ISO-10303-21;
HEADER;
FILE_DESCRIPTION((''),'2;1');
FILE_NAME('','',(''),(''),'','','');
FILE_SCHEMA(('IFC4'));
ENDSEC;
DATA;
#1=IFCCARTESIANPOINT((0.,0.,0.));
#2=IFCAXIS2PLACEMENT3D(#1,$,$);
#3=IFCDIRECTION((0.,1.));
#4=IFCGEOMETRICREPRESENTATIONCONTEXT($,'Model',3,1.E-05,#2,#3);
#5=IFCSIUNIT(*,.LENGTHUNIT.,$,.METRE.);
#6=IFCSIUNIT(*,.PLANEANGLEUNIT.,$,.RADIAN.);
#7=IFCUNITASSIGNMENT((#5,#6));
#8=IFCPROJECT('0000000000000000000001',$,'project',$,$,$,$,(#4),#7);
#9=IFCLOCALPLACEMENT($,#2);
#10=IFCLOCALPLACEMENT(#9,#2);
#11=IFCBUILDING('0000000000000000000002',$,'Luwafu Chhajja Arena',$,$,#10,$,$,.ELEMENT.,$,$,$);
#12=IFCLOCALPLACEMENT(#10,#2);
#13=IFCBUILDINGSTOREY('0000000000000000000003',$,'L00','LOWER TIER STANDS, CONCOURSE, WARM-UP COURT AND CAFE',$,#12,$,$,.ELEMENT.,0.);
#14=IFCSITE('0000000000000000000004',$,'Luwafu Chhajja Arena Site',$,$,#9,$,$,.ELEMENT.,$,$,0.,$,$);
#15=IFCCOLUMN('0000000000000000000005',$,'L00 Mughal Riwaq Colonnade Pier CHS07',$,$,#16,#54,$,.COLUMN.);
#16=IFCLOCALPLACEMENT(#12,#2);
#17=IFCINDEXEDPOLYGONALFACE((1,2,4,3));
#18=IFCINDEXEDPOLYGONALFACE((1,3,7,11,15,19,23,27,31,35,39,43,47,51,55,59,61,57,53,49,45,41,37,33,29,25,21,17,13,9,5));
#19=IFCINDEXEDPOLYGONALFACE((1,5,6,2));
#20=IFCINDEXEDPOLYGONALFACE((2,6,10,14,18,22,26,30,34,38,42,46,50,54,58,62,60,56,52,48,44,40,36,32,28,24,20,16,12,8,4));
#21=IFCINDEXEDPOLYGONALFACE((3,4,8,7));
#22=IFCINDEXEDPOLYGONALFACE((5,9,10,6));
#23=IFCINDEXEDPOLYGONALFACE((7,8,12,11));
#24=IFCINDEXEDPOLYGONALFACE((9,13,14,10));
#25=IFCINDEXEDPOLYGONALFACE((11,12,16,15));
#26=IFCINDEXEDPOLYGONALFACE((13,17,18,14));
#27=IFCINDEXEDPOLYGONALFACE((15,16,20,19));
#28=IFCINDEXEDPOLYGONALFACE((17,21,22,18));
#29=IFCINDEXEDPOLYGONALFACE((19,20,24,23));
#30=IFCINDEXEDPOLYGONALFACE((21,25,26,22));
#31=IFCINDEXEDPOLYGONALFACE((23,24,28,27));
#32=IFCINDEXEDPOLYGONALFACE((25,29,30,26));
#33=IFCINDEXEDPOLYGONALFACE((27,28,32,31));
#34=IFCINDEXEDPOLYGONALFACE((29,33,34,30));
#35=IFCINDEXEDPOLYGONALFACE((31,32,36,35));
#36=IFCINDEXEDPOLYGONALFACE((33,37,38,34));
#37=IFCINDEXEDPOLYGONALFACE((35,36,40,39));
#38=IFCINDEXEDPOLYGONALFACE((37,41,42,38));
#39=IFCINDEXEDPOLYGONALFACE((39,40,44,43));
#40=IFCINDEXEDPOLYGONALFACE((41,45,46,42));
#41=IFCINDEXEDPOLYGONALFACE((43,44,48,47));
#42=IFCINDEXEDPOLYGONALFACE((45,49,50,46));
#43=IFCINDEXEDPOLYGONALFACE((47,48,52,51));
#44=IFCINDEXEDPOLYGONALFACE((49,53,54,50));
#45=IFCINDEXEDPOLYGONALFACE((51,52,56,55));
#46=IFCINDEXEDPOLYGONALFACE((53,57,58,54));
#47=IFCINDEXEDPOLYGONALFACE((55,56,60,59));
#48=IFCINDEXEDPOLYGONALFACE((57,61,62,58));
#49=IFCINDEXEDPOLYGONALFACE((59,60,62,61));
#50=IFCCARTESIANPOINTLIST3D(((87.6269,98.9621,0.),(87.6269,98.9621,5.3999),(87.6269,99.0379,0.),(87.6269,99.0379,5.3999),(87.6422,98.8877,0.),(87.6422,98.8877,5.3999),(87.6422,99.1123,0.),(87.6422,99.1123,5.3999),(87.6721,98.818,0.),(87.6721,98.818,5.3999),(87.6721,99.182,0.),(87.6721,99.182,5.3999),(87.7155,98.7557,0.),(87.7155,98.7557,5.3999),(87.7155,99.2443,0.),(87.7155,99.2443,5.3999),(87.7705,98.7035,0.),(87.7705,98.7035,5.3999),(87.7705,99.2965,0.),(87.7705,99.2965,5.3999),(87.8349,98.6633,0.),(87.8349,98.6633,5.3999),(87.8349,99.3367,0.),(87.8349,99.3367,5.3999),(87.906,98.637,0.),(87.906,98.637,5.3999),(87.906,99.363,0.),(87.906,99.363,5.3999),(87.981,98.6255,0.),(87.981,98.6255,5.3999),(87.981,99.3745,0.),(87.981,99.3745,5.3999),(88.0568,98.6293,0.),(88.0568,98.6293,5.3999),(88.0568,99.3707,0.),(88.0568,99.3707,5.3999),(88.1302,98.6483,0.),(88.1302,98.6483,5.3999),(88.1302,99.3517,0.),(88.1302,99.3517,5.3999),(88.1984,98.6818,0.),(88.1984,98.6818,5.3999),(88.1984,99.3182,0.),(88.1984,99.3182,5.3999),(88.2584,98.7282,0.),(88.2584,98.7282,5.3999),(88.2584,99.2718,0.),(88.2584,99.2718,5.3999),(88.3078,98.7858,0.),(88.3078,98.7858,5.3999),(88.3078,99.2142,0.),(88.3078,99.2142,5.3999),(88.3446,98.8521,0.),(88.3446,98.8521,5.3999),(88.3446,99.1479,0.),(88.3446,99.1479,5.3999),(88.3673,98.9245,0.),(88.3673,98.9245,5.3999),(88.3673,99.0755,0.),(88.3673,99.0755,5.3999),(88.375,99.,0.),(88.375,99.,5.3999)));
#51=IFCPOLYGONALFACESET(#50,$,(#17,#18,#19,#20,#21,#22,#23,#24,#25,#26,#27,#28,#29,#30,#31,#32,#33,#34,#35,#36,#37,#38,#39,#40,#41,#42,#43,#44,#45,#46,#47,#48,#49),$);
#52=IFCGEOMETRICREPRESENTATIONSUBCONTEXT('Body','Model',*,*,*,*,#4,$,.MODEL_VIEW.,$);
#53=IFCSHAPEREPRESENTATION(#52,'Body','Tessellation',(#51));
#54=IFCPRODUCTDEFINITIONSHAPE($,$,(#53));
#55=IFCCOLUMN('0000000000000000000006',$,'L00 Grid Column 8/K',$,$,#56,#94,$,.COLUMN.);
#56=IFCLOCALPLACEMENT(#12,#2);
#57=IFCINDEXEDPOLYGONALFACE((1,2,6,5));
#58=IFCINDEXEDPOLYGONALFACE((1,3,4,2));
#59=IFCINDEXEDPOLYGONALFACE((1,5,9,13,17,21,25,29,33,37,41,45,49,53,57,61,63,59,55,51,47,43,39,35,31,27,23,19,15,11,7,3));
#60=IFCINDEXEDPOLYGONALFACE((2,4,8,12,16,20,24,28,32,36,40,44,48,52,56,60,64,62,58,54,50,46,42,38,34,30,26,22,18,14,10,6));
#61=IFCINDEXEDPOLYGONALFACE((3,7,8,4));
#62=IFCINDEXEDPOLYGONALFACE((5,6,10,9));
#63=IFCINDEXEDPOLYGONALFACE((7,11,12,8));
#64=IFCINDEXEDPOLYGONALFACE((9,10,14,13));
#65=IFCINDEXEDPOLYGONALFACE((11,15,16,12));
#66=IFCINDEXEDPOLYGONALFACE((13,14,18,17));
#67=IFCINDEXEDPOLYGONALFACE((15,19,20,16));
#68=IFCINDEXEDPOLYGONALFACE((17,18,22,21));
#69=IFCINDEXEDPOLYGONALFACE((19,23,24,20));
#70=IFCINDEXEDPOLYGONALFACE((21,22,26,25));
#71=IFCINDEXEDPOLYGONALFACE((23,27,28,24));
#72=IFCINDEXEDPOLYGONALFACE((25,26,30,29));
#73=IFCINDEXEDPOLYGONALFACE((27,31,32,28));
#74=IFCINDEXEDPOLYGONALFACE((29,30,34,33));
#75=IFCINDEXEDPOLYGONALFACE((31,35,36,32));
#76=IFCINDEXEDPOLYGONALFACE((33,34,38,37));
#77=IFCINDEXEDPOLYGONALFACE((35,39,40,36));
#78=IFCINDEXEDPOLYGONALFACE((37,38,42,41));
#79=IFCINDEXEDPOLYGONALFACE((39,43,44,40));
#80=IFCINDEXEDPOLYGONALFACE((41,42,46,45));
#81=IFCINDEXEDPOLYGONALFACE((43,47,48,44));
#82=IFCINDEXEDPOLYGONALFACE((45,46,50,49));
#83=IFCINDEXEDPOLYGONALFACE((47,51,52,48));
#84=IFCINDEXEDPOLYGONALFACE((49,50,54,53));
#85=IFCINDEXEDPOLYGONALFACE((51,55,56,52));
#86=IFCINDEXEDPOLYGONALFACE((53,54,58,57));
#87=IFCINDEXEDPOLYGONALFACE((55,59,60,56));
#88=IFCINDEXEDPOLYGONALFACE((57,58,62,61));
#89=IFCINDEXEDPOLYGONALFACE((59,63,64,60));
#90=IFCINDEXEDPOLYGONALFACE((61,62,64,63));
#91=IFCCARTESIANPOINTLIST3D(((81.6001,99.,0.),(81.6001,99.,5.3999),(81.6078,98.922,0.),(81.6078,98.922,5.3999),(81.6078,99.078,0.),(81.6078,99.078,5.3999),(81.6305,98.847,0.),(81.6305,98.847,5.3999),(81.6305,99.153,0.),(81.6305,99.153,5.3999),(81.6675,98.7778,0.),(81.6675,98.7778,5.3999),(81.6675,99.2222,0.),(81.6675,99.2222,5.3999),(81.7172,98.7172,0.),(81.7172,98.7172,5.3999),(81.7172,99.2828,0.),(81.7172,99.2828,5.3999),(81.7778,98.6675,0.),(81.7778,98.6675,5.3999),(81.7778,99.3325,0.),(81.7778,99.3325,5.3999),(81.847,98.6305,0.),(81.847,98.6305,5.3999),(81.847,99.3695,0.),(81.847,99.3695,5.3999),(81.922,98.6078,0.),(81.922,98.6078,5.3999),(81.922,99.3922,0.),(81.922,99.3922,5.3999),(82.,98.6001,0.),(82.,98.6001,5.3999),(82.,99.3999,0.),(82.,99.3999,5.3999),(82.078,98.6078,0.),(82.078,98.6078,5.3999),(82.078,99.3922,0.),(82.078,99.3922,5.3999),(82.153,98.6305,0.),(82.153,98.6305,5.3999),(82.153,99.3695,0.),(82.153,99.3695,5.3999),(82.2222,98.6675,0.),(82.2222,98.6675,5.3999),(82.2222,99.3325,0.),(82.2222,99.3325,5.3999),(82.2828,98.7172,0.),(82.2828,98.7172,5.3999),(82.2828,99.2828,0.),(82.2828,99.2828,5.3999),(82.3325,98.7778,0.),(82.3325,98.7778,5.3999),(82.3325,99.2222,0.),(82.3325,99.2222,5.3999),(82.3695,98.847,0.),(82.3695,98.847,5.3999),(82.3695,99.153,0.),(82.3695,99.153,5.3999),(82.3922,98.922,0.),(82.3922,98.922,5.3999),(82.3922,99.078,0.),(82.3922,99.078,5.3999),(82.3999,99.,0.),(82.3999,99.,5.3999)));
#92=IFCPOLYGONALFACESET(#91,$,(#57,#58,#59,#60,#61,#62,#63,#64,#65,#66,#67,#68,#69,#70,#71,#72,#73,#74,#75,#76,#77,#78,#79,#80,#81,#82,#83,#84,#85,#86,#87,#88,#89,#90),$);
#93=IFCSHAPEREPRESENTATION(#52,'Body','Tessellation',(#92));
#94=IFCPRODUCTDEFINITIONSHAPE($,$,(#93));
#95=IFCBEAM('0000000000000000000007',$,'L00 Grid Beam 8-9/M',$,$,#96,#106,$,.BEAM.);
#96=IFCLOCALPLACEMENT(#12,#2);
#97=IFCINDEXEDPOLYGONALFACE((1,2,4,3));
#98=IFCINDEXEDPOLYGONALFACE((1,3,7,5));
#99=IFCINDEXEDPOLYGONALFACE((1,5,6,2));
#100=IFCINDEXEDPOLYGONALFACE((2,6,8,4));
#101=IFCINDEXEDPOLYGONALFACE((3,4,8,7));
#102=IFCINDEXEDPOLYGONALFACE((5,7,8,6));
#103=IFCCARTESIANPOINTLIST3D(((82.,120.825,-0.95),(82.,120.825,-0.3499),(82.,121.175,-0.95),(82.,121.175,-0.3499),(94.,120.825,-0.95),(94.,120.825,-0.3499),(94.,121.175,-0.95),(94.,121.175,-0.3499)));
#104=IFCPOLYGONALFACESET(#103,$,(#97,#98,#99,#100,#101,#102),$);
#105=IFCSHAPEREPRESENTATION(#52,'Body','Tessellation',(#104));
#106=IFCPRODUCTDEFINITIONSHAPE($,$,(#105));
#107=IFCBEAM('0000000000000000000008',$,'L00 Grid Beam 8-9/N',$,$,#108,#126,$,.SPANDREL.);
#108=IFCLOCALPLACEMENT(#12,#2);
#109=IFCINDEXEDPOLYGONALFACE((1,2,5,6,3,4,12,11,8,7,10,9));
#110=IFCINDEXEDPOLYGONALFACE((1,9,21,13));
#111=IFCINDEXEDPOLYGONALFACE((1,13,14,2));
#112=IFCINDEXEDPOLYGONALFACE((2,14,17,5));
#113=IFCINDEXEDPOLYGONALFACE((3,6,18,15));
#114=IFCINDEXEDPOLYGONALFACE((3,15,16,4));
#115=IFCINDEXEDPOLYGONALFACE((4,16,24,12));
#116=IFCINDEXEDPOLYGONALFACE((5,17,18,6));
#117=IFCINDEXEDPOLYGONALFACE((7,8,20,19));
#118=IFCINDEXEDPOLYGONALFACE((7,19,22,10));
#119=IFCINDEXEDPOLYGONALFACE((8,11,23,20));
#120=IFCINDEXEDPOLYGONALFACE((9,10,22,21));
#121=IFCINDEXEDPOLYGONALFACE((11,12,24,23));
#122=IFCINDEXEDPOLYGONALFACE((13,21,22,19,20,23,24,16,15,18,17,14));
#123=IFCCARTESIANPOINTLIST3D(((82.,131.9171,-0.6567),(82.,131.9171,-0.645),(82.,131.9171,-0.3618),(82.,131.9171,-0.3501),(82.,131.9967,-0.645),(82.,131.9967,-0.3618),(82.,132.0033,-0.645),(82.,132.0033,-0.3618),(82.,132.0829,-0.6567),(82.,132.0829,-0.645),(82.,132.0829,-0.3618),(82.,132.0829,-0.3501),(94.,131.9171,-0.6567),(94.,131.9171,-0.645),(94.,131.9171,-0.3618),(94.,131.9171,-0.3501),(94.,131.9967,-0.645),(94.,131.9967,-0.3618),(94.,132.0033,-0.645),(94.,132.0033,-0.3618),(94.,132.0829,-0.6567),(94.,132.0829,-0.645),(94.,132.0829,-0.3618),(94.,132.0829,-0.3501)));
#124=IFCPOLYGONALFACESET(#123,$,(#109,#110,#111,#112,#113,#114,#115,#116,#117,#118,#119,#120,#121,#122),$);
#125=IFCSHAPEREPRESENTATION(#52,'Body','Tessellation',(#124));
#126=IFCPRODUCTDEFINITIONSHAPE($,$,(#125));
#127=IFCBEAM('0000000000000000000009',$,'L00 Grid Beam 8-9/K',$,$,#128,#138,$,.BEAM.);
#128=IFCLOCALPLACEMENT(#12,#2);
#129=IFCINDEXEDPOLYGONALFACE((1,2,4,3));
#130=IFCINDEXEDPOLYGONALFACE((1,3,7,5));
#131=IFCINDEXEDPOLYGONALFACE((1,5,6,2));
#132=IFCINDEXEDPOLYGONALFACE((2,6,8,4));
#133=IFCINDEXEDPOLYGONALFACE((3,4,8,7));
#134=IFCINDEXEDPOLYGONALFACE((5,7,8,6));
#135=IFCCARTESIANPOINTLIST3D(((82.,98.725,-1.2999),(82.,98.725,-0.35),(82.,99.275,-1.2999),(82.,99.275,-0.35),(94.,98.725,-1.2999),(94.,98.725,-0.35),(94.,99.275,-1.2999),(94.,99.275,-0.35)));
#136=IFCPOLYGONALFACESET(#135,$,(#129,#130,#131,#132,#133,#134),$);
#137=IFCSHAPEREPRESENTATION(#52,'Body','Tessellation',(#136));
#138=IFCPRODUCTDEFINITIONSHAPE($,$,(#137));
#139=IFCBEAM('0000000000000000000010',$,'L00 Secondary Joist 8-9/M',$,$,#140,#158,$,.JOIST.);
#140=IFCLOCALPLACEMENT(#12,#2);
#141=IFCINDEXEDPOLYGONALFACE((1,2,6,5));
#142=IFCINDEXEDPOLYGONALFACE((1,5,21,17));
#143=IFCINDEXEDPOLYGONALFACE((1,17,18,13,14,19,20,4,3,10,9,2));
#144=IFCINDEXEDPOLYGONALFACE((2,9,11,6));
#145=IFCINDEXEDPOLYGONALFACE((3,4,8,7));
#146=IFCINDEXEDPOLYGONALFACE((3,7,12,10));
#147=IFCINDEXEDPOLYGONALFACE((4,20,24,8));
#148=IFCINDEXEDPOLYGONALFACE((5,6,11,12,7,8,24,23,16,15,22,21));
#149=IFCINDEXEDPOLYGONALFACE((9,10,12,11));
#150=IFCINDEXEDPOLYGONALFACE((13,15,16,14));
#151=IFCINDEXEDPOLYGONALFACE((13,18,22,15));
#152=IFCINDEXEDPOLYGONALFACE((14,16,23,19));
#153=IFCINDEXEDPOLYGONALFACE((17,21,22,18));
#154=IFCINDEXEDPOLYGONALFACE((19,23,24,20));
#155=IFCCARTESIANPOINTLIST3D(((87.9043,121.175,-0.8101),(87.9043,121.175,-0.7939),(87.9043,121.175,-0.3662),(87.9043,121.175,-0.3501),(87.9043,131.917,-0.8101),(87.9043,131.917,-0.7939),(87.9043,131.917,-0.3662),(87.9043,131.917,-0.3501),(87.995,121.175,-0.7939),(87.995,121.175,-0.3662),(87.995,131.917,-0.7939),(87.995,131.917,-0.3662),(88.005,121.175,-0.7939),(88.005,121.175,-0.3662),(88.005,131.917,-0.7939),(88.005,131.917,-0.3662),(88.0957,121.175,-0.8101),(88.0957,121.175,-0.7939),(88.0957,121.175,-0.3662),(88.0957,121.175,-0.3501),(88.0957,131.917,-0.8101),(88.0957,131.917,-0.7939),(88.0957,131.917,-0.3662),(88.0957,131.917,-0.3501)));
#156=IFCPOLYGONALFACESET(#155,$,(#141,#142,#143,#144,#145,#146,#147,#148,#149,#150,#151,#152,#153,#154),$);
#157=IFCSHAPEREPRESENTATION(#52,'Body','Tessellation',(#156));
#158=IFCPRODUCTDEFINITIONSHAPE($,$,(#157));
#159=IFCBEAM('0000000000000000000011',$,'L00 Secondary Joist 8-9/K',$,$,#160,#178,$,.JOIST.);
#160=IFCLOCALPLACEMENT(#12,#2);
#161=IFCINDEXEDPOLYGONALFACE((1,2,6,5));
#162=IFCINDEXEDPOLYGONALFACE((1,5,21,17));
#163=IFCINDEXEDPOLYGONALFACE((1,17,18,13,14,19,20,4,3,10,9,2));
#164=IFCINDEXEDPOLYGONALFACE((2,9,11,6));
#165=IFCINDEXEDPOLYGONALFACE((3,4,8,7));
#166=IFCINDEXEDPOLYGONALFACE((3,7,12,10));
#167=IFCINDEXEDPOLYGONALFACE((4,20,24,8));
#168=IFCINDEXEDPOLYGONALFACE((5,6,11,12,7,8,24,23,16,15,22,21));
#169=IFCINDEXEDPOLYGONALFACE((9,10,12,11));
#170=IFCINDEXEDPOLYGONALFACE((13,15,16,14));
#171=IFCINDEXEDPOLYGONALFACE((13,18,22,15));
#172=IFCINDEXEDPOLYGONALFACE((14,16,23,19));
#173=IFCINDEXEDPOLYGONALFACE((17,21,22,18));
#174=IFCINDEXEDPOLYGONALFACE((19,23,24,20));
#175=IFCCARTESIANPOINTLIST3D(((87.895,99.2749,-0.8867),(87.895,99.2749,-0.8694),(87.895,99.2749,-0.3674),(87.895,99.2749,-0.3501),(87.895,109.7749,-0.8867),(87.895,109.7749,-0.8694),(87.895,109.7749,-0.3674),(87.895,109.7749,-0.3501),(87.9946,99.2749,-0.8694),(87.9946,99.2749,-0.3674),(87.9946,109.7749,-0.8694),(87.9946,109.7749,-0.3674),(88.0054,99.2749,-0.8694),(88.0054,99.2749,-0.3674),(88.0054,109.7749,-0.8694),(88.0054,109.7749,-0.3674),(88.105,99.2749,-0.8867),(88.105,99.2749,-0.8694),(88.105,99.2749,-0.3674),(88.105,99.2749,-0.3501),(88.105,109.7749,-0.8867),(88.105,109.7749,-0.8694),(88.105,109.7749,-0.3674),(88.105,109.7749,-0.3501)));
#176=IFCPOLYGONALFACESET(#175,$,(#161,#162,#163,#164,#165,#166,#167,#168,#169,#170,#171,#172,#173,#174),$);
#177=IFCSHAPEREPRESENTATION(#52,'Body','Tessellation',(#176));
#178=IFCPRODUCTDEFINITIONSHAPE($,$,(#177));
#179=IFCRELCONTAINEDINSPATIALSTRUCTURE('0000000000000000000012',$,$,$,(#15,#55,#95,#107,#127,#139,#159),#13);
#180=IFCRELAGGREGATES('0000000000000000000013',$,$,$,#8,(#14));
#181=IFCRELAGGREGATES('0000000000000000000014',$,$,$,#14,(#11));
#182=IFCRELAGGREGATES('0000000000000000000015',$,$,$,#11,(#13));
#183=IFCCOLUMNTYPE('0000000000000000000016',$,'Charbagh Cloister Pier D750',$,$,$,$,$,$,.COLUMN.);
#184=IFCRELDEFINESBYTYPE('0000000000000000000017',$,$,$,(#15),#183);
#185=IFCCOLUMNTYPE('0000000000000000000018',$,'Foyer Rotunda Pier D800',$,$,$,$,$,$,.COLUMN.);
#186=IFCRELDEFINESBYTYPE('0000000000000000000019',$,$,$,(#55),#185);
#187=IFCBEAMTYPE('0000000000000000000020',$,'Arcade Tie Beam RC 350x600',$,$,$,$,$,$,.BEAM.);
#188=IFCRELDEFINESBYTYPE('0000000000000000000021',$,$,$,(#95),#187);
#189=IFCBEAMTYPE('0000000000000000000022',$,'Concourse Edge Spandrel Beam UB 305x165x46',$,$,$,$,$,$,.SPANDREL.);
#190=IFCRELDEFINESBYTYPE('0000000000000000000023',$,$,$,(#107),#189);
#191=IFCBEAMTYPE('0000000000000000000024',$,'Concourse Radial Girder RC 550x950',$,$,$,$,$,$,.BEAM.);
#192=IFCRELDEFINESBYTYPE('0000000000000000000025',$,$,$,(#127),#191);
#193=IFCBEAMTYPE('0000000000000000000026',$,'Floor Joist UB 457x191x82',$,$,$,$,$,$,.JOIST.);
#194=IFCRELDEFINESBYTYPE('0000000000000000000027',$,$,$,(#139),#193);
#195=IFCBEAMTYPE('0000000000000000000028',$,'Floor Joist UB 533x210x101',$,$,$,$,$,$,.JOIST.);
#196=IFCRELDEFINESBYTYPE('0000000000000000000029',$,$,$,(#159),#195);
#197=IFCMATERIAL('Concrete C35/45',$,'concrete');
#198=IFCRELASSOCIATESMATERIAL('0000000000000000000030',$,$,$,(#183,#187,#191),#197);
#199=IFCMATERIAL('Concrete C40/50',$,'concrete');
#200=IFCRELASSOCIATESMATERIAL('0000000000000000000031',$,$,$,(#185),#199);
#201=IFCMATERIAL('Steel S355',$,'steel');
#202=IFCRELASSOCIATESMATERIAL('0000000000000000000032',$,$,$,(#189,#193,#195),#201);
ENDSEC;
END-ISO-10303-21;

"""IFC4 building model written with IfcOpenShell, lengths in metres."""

from ifc_helpers import new_model, si_unit, direction, frame, origin, origin_2d, place, context, subcontext, project, spatial, rectangle, circle, i_section, extrude, material, material_profile, profile_set, type_object, element, save


model = new_model("IFC4")

# Units and contexts
model_context = context("Model", 3, precision=1e-05, world=origin(), true_north=direction((0.0, 1.0)))
body_context = subcontext(model_context, "Body", "Model", "MODEL_VIEW")
ifc_project = project(units=[si_unit("LENGTHUNIT", "METRE"), si_unit("PLANEANGLEUNIT", "RADIAN")], contexts=[model_context])

# Site, building, storey
site_placement = place(None, origin())
site = spatial("IfcSite", under=ifc_project, at=site_placement, Name="Luwafu Chhajja Arena Site", CompositionType="ELEMENT", RefElevation=0.0)
building_placement = place(site_placement, origin())
building = spatial("IfcBuilding", under=site, at=building_placement, Name="Luwafu Chhajja Arena", CompositionType="ELEMENT")
storey_placement = place(building_placement, origin())
storey = spatial("IfcBuildingStorey", under=building, at=storey_placement, Name="L00", Description="LOWER TIER STANDS, CONCOURSE, WARM-UP COURT AND CAFE", CompositionType="ELEMENT", Elevation=0.0)

# Columns
ifc_material_1 = material(Name="Concrete C35/45", Category="concrete")
ifc_material_profile_1 = material_profile(ifc_material_1, circle(Radius=0.375, at=origin_2d()), Name="RC COL D750")
ifc_profile_set_1 = profile_set([ifc_material_profile_1], Name="Concrete C35/45")
column_type_1 = type_object("IfcColumnType", Name="Charbagh Cloister Pier D750", PredefinedType="COLUMN", material=ifc_profile_set_1)
column_1_placement = place(storey_placement, frame((88.0, 99.0, 0.0), z_axis=(0.0, 0.0, 1.0), x_axis=(1.0, 0.0, 0.0)))
element("IfcColumn", 1, at=column_1_placement, inside=storey, type_object=column_type_1, Name="L00 Mughal Riwaq Colonnade Pier CHS07", PredefinedType="COLUMN", context=body_context, shape_type="SweptSolid", body=[
    extrude(circle(Radius=0.375, at=origin_2d()), origin(), (0.0, 0.0, 1.0), 5.3999),
])
ifc_material_2 = material(Name="Concrete C40/50", Category="concrete")
ifc_material_profile_2 = material_profile(ifc_material_2, circle(Radius=0.3999, at=origin_2d()), Name="RC COL D800")
ifc_profile_set_2 = profile_set([ifc_material_profile_2], Name="Concrete C40/50")
column_type_2 = type_object("IfcColumnType", Name="Foyer Rotunda Pier D800", PredefinedType="COLUMN", material=ifc_profile_set_2)
column_2_placement = place(storey_placement, frame((82.0, 99.0, 0.0), z_axis=(0.0, 0.0, 1.0), x_axis=(1.0, 0.0, 0.0)))
element("IfcColumn", 2, at=column_2_placement, inside=storey, type_object=column_type_2, Name="L00 Grid Column 8/K", PredefinedType="COLUMN", context=body_context, shape_type="SweptSolid", body=[
    extrude(circle(Radius=0.3999, at=origin_2d()), origin(), (0.0, 0.0, 1.0), 5.3999),
])

# Beams
ifc_material_profile_3 = material_profile(ifc_material_1, rectangle(XDim=0.3501, YDim=0.6001, at=origin_2d()), Name="RC 350x600")
ifc_profile_set_3 = profile_set([ifc_material_profile_3], Name="Concrete C35/45")
beam_type_1 = type_object("IfcBeamType", Name="Arcade Tie Beam RC 350x600", PredefinedType="BEAM", material=ifc_profile_set_3)
beam_1_placement = place(storey_placement, frame((82.0, 121.0, -0.6499), z_axis=(1.0, 0.0, 0.0), x_axis=(0.0, 1.0, 0.0)))
element("IfcBeam", 3, at=beam_1_placement, inside=storey, type_object=beam_type_1, Name="L00 Grid Beam 8-9/M", PredefinedType="BEAM", context=body_context, shape_type="SweptSolid", body=[
    extrude(rectangle(XDim=0.3501, YDim=0.6001, at=origin_2d()), origin(), (0.0, 0.0, 1.0), 12.0),
])
ifc_material_3 = material(Name="Steel S355", Category="steel")
ifc_material_profile_4 = material_profile(ifc_material_3, i_section(OverallWidth=0.1658, OverallDepth=0.3066, WebThickness=0.0066, FlangeThickness=0.0117, at=origin_2d()), Name="UB 305x165x46")
ifc_profile_set_4 = profile_set([ifc_material_profile_4], Name="Steel S355")
beam_type_2 = type_object("IfcBeamType", Name="Concourse Edge Spandrel Beam UB 305x165x46", PredefinedType="SPANDREL", material=ifc_profile_set_4)
beam_2_placement = place(storey_placement, frame((82.0, 132.0, -0.5034), z_axis=(1.0, 0.0, 0.0), x_axis=(0.0, 1.0, 0.0)))
element("IfcBeam", 4, at=beam_2_placement, inside=storey, type_object=beam_type_2, Name="L00 Grid Beam 8-9/N", PredefinedType="SPANDREL", context=body_context, shape_type="SweptSolid", body=[
    extrude(i_section(OverallWidth=0.1658, OverallDepth=0.3066, WebThickness=0.0066, FlangeThickness=0.0117, at=origin_2d()), origin(), (0.0, 0.0, 1.0), 12.0),
])
ifc_material_profile_5 = material_profile(ifc_material_1, rectangle(XDim=0.55, YDim=0.95, at=origin_2d()), Name="RC 550x950")
ifc_profile_set_5 = profile_set([ifc_material_profile_5], Name="Concrete C35/45")
beam_type_3 = type_object("IfcBeamType", Name="Concourse Radial Girder RC 550x950", PredefinedType="BEAM", material=ifc_profile_set_5)
beam_3_placement = place(storey_placement, frame((82.0, 99.0, -0.825), z_axis=(1.0, 0.0, 0.0), x_axis=(0.0, 1.0, 0.0)))
element("IfcBeam", 5, at=beam_3_placement, inside=storey, type_object=beam_type_3, Name="L00 Grid Beam 8-9/K", PredefinedType="BEAM", context=body_context, shape_type="SweptSolid", body=[
    extrude(rectangle(XDim=0.55, YDim=0.95, at=origin_2d()), origin(), (0.0, 0.0, 1.0), 12.0),
])
ifc_material_profile_6 = material_profile(ifc_material_3, i_section(OverallWidth=0.1914, OverallDepth=0.46, WebThickness=0.01, FlangeThickness=0.0161, at=origin_2d()), Name="UB 457x191x82")
ifc_profile_set_6 = profile_set([ifc_material_profile_6], Name="Steel S355")
beam_type_4 = type_object("IfcBeamType", Name="Floor Joist UB 457x191x82", PredefinedType="JOIST", material=ifc_profile_set_6)
beam_4_placement = place(storey_placement, frame((88.0, 121.175, -0.5801), z_axis=(0.0, 1.0, 0.0), x_axis=(-1.0, 0.0, 0.0)))
element("IfcBeam", 6, at=beam_4_placement, inside=storey, type_object=beam_type_4, Name="L00 Secondary Joist 8-9/M", PredefinedType="JOIST", context=body_context, shape_type="SweptSolid", body=[
    extrude(i_section(OverallWidth=0.1914, OverallDepth=0.46, WebThickness=0.01, FlangeThickness=0.0161, at=origin_2d()), origin(), (0.0, 0.0, 1.0), 10.7419),
])
ifc_material_profile_7 = material_profile(ifc_material_3, i_section(OverallWidth=0.21, OverallDepth=0.5366, WebThickness=0.0107, FlangeThickness=0.0173, at=origin_2d()), Name="UB 533x210x101")
ifc_profile_set_7 = profile_set([ifc_material_profile_7], Name="Steel S355")
beam_type_5 = type_object("IfcBeamType", Name="Floor Joist UB 533x210x101", PredefinedType="JOIST", material=ifc_profile_set_7)
beam_5_placement = place(storey_placement, frame((88.0, 99.2749, -0.6184), z_axis=(0.0, 1.0, 0.0), x_axis=(-1.0, 0.0, 0.0)))
element("IfcBeam", 7, at=beam_5_placement, inside=storey, type_object=beam_type_5, Name="L00 Secondary Joist 8-9/K", PredefinedType="JOIST", context=body_context, shape_type="SweptSolid", body=[
    extrude(i_section(OverallWidth=0.21, OverallDepth=0.5366, WebThickness=0.0107, FlangeThickness=0.0173, at=origin_2d()), origin(), (0.0, 0.0, 1.0), 10.5),
])

save(model, "model.ifc")
